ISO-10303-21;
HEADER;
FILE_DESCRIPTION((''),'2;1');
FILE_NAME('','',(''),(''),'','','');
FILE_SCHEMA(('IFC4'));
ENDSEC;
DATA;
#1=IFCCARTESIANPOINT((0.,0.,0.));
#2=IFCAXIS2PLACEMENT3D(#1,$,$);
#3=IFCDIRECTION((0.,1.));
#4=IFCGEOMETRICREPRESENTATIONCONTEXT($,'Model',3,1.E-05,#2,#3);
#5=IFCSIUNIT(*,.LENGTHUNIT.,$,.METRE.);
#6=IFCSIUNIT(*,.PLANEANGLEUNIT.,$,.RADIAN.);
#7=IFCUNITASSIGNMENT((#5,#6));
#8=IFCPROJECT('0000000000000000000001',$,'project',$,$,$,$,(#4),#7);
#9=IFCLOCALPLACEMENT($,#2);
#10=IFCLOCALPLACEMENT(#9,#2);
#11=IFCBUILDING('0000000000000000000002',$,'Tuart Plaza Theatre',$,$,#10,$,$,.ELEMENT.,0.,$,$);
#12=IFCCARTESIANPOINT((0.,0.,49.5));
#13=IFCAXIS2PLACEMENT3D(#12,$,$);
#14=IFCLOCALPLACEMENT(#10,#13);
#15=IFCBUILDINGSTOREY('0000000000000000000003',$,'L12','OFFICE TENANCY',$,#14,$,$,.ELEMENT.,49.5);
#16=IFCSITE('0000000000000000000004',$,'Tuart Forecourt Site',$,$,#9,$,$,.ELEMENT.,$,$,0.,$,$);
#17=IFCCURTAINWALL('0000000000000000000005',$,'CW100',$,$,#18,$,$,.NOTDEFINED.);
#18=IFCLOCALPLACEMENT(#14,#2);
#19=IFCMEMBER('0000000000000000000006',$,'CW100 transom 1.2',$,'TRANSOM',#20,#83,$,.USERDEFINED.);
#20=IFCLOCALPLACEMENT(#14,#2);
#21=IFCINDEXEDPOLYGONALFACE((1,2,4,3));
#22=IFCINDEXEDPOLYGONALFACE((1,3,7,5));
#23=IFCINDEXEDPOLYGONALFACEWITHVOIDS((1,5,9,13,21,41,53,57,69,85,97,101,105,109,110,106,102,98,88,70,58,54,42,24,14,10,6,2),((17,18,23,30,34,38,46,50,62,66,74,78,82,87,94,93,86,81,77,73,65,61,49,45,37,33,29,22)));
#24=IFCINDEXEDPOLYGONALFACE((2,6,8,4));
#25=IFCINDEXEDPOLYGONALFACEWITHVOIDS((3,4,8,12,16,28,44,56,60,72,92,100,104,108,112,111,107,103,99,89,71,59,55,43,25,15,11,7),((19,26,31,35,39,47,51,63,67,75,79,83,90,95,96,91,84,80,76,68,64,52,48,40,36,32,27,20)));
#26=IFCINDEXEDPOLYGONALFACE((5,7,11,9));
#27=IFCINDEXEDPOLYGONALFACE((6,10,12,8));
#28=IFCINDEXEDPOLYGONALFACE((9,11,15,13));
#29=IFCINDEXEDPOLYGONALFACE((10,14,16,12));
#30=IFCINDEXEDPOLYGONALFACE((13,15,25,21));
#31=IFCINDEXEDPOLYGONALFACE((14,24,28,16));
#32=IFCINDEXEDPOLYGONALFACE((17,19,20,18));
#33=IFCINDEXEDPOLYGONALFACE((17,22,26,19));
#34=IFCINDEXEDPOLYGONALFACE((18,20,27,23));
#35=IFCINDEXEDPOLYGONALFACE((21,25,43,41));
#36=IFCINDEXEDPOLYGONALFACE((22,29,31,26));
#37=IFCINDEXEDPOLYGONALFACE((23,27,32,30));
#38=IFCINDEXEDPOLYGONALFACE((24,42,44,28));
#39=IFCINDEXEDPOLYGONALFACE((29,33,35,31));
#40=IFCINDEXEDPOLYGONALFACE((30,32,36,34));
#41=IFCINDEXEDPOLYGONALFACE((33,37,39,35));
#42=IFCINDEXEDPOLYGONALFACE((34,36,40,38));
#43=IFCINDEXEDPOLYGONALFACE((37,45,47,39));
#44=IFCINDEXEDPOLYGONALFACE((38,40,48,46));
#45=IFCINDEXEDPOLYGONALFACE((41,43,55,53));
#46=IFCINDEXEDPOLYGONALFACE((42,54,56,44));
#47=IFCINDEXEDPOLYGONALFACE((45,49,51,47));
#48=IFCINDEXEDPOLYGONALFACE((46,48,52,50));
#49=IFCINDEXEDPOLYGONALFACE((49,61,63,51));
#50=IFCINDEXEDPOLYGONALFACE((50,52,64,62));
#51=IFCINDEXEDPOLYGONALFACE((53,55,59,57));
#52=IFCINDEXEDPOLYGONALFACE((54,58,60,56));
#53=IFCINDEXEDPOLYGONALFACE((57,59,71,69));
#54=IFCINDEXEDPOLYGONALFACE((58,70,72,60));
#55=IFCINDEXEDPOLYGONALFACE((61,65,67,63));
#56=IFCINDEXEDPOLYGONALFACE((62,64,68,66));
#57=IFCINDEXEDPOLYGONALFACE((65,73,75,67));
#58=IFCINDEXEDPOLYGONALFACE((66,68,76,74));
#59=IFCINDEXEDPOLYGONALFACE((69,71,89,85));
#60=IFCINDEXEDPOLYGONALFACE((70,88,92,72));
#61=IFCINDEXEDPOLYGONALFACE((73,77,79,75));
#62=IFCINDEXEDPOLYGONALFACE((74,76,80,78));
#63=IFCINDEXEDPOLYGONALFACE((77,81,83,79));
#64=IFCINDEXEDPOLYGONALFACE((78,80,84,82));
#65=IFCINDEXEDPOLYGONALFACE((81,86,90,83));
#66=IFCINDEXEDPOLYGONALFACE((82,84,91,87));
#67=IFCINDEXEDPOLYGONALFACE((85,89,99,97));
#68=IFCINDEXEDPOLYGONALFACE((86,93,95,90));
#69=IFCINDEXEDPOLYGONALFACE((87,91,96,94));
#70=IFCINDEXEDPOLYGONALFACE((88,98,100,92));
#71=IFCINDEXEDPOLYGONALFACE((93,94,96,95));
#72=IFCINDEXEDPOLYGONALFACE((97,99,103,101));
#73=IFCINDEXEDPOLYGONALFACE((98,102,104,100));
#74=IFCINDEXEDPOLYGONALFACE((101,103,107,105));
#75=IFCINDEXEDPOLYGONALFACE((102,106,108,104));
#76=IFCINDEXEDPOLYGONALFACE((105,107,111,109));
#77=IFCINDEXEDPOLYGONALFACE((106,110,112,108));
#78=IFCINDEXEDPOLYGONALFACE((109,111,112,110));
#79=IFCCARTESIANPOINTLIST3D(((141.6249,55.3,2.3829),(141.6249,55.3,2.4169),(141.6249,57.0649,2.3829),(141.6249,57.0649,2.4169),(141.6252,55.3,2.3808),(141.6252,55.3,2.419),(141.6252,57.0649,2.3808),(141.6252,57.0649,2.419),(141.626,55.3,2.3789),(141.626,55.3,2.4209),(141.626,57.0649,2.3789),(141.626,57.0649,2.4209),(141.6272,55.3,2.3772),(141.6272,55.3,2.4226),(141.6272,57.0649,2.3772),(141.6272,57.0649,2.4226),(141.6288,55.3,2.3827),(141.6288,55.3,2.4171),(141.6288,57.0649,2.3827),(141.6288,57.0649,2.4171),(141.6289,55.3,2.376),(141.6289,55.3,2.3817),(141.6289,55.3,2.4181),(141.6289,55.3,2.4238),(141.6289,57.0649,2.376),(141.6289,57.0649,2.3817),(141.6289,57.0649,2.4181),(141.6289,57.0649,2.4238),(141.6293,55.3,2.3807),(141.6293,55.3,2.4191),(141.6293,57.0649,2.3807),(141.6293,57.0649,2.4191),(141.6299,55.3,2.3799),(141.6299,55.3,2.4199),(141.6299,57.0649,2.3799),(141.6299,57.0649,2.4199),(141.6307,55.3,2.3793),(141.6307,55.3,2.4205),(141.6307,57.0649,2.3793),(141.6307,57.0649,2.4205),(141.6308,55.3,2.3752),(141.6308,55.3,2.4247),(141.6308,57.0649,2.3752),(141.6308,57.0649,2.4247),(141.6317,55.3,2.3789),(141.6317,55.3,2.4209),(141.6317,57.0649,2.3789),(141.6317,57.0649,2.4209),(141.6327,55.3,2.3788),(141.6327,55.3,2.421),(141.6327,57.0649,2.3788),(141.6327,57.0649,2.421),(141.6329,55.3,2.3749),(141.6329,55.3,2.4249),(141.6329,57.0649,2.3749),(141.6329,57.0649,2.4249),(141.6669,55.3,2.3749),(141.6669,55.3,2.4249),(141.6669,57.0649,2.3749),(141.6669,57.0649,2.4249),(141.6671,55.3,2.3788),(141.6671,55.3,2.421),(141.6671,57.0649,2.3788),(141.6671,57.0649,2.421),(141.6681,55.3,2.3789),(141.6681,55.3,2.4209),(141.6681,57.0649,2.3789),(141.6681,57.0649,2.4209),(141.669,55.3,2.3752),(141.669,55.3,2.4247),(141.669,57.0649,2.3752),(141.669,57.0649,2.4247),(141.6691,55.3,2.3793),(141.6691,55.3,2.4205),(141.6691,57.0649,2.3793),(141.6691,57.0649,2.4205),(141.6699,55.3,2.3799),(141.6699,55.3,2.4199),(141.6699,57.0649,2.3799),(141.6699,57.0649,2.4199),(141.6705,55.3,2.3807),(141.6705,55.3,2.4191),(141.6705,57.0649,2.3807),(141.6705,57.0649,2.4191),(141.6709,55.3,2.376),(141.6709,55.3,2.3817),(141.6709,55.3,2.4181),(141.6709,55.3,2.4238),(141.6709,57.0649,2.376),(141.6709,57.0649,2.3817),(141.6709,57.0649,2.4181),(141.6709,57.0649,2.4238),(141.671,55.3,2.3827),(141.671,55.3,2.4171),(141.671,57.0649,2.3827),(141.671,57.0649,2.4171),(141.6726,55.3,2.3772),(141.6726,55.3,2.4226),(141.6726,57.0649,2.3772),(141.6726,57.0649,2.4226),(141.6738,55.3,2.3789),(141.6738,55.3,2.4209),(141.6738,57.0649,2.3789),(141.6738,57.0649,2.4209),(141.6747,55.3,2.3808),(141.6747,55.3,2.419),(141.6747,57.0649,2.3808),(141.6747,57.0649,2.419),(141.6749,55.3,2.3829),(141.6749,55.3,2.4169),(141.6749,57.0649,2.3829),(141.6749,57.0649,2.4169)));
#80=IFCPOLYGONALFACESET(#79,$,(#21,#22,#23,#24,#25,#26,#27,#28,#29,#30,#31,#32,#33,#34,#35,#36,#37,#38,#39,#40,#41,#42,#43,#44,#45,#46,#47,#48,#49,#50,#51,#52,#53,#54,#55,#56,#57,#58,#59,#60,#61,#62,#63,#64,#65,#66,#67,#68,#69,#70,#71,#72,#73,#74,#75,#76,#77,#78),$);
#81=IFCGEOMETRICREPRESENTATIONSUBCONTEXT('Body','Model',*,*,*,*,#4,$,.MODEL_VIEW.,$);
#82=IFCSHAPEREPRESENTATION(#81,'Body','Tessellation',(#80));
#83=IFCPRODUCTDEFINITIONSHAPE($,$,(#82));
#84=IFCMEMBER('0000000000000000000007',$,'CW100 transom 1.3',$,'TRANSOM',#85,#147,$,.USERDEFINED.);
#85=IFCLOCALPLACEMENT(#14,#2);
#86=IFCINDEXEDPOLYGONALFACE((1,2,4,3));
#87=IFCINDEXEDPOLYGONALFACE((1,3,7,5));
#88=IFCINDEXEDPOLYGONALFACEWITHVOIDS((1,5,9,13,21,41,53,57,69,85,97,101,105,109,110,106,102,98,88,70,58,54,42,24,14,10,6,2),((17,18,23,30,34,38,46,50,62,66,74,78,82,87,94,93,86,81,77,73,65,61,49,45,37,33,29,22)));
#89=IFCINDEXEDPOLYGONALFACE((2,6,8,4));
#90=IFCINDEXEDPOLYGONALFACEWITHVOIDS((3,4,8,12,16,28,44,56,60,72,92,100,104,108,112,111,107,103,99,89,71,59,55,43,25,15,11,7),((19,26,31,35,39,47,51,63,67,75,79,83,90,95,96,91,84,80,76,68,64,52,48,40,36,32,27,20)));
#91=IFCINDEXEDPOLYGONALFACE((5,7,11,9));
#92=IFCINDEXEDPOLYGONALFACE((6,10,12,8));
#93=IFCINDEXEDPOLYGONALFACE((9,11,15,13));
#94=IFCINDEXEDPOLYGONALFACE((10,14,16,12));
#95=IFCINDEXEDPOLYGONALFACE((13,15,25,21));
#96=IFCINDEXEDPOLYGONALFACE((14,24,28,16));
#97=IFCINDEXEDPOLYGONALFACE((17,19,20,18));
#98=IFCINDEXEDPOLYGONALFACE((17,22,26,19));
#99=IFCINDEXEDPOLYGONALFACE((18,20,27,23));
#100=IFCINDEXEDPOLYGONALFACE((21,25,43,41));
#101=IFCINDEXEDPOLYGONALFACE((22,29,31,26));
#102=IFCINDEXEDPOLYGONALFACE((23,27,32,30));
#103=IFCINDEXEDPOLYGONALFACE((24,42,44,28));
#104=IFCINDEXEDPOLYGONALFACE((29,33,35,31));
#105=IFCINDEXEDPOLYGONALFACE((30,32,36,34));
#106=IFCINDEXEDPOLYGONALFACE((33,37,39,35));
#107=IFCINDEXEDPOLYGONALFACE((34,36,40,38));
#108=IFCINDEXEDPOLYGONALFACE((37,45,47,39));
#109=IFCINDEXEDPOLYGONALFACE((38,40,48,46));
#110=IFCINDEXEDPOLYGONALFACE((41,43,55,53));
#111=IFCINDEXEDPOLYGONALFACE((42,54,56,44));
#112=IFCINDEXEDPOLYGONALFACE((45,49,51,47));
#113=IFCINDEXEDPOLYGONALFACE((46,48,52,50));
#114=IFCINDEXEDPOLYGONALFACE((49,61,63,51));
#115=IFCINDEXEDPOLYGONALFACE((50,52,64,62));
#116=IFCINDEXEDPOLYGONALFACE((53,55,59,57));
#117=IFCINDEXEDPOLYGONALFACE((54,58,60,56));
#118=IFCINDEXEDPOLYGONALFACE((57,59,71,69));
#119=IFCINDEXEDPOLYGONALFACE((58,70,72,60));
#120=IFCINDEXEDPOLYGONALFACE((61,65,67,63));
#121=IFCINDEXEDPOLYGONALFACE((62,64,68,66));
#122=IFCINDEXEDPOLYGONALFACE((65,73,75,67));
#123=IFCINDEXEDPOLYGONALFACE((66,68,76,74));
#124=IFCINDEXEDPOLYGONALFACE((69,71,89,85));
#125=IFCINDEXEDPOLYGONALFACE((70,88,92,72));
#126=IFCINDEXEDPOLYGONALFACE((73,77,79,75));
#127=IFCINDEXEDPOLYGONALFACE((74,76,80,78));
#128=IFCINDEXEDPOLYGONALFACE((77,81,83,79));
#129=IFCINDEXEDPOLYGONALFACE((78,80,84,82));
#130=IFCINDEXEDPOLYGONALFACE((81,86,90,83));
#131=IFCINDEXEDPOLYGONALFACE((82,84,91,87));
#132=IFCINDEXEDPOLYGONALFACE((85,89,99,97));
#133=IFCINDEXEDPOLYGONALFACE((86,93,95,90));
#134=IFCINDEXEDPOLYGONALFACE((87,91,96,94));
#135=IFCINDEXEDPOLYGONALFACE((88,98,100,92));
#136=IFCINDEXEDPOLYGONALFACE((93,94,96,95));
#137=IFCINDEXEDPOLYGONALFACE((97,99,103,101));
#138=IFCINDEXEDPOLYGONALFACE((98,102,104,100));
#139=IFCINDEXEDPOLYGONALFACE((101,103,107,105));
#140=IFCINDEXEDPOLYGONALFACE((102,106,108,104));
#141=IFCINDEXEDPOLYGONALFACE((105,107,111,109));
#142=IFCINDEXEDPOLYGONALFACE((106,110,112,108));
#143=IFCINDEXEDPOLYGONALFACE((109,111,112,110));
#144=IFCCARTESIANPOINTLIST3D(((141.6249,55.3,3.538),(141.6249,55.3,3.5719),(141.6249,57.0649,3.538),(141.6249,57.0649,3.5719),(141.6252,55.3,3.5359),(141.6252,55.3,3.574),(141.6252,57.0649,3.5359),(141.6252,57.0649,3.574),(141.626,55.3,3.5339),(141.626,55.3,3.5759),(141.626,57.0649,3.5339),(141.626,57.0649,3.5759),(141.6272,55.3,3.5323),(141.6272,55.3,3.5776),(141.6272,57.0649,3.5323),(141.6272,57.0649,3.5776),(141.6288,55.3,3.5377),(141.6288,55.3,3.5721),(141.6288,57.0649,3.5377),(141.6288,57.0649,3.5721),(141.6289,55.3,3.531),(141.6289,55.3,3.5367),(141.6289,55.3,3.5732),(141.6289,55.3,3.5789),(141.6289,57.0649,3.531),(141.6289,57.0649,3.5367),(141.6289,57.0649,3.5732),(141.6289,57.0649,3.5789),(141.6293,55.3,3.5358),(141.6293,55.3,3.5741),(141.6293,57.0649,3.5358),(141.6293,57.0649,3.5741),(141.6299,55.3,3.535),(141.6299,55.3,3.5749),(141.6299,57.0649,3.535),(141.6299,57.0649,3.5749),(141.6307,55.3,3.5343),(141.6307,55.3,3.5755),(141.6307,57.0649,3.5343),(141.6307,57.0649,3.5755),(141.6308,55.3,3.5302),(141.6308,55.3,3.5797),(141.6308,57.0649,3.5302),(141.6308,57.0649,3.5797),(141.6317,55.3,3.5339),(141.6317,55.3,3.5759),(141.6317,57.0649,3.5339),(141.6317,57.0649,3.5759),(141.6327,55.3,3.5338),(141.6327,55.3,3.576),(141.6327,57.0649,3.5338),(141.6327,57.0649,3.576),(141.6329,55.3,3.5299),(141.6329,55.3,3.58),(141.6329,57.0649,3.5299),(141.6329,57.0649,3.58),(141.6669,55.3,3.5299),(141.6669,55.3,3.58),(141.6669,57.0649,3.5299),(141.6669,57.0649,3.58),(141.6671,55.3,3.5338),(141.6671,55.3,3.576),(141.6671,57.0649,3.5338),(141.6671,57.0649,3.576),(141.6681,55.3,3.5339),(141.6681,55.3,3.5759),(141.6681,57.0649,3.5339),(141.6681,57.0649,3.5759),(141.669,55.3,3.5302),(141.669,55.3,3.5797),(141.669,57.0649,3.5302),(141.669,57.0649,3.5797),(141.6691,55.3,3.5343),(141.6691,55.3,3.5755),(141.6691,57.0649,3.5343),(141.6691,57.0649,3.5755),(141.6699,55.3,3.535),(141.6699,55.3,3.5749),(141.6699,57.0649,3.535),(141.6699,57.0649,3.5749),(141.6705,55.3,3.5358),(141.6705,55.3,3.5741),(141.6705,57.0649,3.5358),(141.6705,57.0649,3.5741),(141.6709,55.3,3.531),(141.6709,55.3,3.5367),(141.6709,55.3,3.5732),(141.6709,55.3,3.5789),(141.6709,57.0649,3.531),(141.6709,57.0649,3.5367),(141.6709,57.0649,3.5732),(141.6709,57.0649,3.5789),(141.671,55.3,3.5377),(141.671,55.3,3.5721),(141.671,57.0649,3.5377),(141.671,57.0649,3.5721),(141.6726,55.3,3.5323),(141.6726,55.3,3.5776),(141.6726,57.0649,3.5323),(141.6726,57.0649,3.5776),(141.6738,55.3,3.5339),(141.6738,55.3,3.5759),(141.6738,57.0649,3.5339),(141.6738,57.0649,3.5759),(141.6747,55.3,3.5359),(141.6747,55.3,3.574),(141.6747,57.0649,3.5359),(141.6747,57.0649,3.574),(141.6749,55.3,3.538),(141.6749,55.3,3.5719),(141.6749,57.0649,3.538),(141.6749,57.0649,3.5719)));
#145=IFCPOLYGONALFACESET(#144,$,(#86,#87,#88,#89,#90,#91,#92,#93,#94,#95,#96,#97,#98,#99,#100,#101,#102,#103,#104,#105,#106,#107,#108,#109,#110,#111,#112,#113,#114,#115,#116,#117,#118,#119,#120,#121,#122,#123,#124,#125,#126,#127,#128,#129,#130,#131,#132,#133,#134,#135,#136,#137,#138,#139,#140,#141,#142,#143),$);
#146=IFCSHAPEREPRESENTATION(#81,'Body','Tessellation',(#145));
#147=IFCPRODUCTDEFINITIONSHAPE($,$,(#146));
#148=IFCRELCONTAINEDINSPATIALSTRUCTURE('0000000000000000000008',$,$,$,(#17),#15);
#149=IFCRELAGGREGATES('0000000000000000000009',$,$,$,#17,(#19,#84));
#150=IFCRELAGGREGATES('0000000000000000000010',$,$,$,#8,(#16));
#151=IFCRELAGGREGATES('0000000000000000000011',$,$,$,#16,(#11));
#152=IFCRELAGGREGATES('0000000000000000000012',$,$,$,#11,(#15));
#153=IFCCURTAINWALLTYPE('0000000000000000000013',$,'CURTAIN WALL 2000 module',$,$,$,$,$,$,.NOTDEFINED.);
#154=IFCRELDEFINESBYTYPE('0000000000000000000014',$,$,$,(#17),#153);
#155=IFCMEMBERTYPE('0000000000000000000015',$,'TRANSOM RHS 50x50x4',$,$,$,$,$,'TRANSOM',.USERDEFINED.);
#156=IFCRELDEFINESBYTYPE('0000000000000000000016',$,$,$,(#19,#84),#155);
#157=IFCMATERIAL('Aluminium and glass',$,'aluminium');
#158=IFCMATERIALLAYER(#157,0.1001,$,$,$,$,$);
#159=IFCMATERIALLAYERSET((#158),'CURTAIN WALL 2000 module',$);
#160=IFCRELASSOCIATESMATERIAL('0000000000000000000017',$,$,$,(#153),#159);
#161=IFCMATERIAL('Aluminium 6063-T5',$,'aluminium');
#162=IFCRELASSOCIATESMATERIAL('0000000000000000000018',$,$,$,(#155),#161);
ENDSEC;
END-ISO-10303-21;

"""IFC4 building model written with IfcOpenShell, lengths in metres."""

from ifc_helpers import new_model, si_unit, direction, frame, origin, origin_2d, place, context, subcontext, project, spatial, hollow_rectangle, extrude, material, layer, layer_set, material_profile, profile_set, type_object, element, aggregate, save


model = new_model("IFC4")

# Units and contexts
model_context = context("Model", 3, precision=1e-05, world=origin(), true_north=direction((0.0, 1.0)))
body_context = subcontext(model_context, "Body", "Model", "MODEL_VIEW")
ifc_project = project(units=[si_unit("LENGTHUNIT", "METRE"), si_unit("PLANEANGLEUNIT", "RADIAN")], contexts=[model_context])

# Site, building, storey
site_placement = place(None, origin())
site = spatial("IfcSite", under=ifc_project, at=site_placement, Name="Tuart Forecourt Site", CompositionType="ELEMENT", RefElevation=0.0)
building_placement = place(site_placement, origin())
building = spatial("IfcBuilding", under=site, at=building_placement, Name="Tuart Plaza Theatre", CompositionType="ELEMENT", ElevationOfRefHeight=0.0)
storey_placement = place(building_placement, frame((0.0, 0.0, 49.5)))
storey = spatial("IfcBuildingStorey", under=building, at=storey_placement, Name="L12", Description="OFFICE TENANCY", CompositionType="ELEMENT", Elevation=49.5)

# Curtain wall
ifc_material_1 = material(Name="Aluminium and glass", Category="aluminium")
ifc_layer_1 = layer(ifc_material_1, 0.1001)
ifc_layer_set_1 = layer_set([ifc_layer_1], Name="CURTAIN WALL 2000 module")
curtain_wall_type = type_object("IfcCurtainWallType", Name="CURTAIN WALL 2000 module", PredefinedType="NOTDEFINED", material=ifc_layer_set_1)
curtain_wall_1_placement = place(storey_placement, origin())
curtain_wall_1 = element("IfcCurtainWall", 1, at=curtain_wall_1_placement, inside=storey, type_object=curtain_wall_type, Name="CW100", PredefinedType="NOTDEFINED")

# Members
ifc_material_2 = material(Name="Aluminium 6063-T5", Category="aluminium")
ifc_material_profile_1 = material_profile(ifc_material_2, hollow_rectangle(XDim=0.05, YDim=0.05, WallThickness=0.0039, InnerFilletRadius=0.0039, OuterFilletRadius=0.0081, at=origin_2d()), Name="RHS 50x50x4")
ifc_profile_set_1 = profile_set([ifc_material_profile_1], Name="Aluminium 6063-T5")
member_type_1 = type_object("IfcMemberType", Name="TRANSOM RHS 50x50x4", ElementType="TRANSOM", PredefinedType="USERDEFINED", material=ifc_profile_set_1)
member_1_placement = place(storey_placement, frame((141.6499, 55.3, 2.3999), z_axis=(0.0, 1.0, 0.0), x_axis=(-1.0, 0.0, 0.0)))
member_1 = element("IfcMember", 2, at=member_1_placement, type_object=member_type_1, Name="CW100 transom 1.2", ObjectType="TRANSOM", PredefinedType="USERDEFINED", context=body_context, shape_type="SweptSolid", body=[
    extrude(hollow_rectangle(XDim=0.05, YDim=0.05, WallThickness=0.0039, InnerFilletRadius=0.0039, OuterFilletRadius=0.0081, at=origin_2d()), origin(), (0.0, 0.0, 1.0), 1.7649),
])
member_2_placement = place(storey_placement, frame((141.6499, 55.3, 3.5549), z_axis=(0.0, 1.0, 0.0), x_axis=(-1.0, 0.0, 0.0)))
member_2 = element("IfcMember", 3, at=member_2_placement, type_object=member_type_1, Name="CW100 transom 1.3", ObjectType="TRANSOM", PredefinedType="USERDEFINED", context=body_context, shape_type="SweptSolid", body=[
    extrude(hollow_rectangle(XDim=0.05, YDim=0.05, WallThickness=0.0039, InnerFilletRadius=0.0039, OuterFilletRadius=0.0081, at=origin_2d()), origin(), (0.0, 0.0, 1.0), 1.7649),
])
aggregate(curtain_wall_1, [member_1, member_2])

save(model, "model.ifc")
